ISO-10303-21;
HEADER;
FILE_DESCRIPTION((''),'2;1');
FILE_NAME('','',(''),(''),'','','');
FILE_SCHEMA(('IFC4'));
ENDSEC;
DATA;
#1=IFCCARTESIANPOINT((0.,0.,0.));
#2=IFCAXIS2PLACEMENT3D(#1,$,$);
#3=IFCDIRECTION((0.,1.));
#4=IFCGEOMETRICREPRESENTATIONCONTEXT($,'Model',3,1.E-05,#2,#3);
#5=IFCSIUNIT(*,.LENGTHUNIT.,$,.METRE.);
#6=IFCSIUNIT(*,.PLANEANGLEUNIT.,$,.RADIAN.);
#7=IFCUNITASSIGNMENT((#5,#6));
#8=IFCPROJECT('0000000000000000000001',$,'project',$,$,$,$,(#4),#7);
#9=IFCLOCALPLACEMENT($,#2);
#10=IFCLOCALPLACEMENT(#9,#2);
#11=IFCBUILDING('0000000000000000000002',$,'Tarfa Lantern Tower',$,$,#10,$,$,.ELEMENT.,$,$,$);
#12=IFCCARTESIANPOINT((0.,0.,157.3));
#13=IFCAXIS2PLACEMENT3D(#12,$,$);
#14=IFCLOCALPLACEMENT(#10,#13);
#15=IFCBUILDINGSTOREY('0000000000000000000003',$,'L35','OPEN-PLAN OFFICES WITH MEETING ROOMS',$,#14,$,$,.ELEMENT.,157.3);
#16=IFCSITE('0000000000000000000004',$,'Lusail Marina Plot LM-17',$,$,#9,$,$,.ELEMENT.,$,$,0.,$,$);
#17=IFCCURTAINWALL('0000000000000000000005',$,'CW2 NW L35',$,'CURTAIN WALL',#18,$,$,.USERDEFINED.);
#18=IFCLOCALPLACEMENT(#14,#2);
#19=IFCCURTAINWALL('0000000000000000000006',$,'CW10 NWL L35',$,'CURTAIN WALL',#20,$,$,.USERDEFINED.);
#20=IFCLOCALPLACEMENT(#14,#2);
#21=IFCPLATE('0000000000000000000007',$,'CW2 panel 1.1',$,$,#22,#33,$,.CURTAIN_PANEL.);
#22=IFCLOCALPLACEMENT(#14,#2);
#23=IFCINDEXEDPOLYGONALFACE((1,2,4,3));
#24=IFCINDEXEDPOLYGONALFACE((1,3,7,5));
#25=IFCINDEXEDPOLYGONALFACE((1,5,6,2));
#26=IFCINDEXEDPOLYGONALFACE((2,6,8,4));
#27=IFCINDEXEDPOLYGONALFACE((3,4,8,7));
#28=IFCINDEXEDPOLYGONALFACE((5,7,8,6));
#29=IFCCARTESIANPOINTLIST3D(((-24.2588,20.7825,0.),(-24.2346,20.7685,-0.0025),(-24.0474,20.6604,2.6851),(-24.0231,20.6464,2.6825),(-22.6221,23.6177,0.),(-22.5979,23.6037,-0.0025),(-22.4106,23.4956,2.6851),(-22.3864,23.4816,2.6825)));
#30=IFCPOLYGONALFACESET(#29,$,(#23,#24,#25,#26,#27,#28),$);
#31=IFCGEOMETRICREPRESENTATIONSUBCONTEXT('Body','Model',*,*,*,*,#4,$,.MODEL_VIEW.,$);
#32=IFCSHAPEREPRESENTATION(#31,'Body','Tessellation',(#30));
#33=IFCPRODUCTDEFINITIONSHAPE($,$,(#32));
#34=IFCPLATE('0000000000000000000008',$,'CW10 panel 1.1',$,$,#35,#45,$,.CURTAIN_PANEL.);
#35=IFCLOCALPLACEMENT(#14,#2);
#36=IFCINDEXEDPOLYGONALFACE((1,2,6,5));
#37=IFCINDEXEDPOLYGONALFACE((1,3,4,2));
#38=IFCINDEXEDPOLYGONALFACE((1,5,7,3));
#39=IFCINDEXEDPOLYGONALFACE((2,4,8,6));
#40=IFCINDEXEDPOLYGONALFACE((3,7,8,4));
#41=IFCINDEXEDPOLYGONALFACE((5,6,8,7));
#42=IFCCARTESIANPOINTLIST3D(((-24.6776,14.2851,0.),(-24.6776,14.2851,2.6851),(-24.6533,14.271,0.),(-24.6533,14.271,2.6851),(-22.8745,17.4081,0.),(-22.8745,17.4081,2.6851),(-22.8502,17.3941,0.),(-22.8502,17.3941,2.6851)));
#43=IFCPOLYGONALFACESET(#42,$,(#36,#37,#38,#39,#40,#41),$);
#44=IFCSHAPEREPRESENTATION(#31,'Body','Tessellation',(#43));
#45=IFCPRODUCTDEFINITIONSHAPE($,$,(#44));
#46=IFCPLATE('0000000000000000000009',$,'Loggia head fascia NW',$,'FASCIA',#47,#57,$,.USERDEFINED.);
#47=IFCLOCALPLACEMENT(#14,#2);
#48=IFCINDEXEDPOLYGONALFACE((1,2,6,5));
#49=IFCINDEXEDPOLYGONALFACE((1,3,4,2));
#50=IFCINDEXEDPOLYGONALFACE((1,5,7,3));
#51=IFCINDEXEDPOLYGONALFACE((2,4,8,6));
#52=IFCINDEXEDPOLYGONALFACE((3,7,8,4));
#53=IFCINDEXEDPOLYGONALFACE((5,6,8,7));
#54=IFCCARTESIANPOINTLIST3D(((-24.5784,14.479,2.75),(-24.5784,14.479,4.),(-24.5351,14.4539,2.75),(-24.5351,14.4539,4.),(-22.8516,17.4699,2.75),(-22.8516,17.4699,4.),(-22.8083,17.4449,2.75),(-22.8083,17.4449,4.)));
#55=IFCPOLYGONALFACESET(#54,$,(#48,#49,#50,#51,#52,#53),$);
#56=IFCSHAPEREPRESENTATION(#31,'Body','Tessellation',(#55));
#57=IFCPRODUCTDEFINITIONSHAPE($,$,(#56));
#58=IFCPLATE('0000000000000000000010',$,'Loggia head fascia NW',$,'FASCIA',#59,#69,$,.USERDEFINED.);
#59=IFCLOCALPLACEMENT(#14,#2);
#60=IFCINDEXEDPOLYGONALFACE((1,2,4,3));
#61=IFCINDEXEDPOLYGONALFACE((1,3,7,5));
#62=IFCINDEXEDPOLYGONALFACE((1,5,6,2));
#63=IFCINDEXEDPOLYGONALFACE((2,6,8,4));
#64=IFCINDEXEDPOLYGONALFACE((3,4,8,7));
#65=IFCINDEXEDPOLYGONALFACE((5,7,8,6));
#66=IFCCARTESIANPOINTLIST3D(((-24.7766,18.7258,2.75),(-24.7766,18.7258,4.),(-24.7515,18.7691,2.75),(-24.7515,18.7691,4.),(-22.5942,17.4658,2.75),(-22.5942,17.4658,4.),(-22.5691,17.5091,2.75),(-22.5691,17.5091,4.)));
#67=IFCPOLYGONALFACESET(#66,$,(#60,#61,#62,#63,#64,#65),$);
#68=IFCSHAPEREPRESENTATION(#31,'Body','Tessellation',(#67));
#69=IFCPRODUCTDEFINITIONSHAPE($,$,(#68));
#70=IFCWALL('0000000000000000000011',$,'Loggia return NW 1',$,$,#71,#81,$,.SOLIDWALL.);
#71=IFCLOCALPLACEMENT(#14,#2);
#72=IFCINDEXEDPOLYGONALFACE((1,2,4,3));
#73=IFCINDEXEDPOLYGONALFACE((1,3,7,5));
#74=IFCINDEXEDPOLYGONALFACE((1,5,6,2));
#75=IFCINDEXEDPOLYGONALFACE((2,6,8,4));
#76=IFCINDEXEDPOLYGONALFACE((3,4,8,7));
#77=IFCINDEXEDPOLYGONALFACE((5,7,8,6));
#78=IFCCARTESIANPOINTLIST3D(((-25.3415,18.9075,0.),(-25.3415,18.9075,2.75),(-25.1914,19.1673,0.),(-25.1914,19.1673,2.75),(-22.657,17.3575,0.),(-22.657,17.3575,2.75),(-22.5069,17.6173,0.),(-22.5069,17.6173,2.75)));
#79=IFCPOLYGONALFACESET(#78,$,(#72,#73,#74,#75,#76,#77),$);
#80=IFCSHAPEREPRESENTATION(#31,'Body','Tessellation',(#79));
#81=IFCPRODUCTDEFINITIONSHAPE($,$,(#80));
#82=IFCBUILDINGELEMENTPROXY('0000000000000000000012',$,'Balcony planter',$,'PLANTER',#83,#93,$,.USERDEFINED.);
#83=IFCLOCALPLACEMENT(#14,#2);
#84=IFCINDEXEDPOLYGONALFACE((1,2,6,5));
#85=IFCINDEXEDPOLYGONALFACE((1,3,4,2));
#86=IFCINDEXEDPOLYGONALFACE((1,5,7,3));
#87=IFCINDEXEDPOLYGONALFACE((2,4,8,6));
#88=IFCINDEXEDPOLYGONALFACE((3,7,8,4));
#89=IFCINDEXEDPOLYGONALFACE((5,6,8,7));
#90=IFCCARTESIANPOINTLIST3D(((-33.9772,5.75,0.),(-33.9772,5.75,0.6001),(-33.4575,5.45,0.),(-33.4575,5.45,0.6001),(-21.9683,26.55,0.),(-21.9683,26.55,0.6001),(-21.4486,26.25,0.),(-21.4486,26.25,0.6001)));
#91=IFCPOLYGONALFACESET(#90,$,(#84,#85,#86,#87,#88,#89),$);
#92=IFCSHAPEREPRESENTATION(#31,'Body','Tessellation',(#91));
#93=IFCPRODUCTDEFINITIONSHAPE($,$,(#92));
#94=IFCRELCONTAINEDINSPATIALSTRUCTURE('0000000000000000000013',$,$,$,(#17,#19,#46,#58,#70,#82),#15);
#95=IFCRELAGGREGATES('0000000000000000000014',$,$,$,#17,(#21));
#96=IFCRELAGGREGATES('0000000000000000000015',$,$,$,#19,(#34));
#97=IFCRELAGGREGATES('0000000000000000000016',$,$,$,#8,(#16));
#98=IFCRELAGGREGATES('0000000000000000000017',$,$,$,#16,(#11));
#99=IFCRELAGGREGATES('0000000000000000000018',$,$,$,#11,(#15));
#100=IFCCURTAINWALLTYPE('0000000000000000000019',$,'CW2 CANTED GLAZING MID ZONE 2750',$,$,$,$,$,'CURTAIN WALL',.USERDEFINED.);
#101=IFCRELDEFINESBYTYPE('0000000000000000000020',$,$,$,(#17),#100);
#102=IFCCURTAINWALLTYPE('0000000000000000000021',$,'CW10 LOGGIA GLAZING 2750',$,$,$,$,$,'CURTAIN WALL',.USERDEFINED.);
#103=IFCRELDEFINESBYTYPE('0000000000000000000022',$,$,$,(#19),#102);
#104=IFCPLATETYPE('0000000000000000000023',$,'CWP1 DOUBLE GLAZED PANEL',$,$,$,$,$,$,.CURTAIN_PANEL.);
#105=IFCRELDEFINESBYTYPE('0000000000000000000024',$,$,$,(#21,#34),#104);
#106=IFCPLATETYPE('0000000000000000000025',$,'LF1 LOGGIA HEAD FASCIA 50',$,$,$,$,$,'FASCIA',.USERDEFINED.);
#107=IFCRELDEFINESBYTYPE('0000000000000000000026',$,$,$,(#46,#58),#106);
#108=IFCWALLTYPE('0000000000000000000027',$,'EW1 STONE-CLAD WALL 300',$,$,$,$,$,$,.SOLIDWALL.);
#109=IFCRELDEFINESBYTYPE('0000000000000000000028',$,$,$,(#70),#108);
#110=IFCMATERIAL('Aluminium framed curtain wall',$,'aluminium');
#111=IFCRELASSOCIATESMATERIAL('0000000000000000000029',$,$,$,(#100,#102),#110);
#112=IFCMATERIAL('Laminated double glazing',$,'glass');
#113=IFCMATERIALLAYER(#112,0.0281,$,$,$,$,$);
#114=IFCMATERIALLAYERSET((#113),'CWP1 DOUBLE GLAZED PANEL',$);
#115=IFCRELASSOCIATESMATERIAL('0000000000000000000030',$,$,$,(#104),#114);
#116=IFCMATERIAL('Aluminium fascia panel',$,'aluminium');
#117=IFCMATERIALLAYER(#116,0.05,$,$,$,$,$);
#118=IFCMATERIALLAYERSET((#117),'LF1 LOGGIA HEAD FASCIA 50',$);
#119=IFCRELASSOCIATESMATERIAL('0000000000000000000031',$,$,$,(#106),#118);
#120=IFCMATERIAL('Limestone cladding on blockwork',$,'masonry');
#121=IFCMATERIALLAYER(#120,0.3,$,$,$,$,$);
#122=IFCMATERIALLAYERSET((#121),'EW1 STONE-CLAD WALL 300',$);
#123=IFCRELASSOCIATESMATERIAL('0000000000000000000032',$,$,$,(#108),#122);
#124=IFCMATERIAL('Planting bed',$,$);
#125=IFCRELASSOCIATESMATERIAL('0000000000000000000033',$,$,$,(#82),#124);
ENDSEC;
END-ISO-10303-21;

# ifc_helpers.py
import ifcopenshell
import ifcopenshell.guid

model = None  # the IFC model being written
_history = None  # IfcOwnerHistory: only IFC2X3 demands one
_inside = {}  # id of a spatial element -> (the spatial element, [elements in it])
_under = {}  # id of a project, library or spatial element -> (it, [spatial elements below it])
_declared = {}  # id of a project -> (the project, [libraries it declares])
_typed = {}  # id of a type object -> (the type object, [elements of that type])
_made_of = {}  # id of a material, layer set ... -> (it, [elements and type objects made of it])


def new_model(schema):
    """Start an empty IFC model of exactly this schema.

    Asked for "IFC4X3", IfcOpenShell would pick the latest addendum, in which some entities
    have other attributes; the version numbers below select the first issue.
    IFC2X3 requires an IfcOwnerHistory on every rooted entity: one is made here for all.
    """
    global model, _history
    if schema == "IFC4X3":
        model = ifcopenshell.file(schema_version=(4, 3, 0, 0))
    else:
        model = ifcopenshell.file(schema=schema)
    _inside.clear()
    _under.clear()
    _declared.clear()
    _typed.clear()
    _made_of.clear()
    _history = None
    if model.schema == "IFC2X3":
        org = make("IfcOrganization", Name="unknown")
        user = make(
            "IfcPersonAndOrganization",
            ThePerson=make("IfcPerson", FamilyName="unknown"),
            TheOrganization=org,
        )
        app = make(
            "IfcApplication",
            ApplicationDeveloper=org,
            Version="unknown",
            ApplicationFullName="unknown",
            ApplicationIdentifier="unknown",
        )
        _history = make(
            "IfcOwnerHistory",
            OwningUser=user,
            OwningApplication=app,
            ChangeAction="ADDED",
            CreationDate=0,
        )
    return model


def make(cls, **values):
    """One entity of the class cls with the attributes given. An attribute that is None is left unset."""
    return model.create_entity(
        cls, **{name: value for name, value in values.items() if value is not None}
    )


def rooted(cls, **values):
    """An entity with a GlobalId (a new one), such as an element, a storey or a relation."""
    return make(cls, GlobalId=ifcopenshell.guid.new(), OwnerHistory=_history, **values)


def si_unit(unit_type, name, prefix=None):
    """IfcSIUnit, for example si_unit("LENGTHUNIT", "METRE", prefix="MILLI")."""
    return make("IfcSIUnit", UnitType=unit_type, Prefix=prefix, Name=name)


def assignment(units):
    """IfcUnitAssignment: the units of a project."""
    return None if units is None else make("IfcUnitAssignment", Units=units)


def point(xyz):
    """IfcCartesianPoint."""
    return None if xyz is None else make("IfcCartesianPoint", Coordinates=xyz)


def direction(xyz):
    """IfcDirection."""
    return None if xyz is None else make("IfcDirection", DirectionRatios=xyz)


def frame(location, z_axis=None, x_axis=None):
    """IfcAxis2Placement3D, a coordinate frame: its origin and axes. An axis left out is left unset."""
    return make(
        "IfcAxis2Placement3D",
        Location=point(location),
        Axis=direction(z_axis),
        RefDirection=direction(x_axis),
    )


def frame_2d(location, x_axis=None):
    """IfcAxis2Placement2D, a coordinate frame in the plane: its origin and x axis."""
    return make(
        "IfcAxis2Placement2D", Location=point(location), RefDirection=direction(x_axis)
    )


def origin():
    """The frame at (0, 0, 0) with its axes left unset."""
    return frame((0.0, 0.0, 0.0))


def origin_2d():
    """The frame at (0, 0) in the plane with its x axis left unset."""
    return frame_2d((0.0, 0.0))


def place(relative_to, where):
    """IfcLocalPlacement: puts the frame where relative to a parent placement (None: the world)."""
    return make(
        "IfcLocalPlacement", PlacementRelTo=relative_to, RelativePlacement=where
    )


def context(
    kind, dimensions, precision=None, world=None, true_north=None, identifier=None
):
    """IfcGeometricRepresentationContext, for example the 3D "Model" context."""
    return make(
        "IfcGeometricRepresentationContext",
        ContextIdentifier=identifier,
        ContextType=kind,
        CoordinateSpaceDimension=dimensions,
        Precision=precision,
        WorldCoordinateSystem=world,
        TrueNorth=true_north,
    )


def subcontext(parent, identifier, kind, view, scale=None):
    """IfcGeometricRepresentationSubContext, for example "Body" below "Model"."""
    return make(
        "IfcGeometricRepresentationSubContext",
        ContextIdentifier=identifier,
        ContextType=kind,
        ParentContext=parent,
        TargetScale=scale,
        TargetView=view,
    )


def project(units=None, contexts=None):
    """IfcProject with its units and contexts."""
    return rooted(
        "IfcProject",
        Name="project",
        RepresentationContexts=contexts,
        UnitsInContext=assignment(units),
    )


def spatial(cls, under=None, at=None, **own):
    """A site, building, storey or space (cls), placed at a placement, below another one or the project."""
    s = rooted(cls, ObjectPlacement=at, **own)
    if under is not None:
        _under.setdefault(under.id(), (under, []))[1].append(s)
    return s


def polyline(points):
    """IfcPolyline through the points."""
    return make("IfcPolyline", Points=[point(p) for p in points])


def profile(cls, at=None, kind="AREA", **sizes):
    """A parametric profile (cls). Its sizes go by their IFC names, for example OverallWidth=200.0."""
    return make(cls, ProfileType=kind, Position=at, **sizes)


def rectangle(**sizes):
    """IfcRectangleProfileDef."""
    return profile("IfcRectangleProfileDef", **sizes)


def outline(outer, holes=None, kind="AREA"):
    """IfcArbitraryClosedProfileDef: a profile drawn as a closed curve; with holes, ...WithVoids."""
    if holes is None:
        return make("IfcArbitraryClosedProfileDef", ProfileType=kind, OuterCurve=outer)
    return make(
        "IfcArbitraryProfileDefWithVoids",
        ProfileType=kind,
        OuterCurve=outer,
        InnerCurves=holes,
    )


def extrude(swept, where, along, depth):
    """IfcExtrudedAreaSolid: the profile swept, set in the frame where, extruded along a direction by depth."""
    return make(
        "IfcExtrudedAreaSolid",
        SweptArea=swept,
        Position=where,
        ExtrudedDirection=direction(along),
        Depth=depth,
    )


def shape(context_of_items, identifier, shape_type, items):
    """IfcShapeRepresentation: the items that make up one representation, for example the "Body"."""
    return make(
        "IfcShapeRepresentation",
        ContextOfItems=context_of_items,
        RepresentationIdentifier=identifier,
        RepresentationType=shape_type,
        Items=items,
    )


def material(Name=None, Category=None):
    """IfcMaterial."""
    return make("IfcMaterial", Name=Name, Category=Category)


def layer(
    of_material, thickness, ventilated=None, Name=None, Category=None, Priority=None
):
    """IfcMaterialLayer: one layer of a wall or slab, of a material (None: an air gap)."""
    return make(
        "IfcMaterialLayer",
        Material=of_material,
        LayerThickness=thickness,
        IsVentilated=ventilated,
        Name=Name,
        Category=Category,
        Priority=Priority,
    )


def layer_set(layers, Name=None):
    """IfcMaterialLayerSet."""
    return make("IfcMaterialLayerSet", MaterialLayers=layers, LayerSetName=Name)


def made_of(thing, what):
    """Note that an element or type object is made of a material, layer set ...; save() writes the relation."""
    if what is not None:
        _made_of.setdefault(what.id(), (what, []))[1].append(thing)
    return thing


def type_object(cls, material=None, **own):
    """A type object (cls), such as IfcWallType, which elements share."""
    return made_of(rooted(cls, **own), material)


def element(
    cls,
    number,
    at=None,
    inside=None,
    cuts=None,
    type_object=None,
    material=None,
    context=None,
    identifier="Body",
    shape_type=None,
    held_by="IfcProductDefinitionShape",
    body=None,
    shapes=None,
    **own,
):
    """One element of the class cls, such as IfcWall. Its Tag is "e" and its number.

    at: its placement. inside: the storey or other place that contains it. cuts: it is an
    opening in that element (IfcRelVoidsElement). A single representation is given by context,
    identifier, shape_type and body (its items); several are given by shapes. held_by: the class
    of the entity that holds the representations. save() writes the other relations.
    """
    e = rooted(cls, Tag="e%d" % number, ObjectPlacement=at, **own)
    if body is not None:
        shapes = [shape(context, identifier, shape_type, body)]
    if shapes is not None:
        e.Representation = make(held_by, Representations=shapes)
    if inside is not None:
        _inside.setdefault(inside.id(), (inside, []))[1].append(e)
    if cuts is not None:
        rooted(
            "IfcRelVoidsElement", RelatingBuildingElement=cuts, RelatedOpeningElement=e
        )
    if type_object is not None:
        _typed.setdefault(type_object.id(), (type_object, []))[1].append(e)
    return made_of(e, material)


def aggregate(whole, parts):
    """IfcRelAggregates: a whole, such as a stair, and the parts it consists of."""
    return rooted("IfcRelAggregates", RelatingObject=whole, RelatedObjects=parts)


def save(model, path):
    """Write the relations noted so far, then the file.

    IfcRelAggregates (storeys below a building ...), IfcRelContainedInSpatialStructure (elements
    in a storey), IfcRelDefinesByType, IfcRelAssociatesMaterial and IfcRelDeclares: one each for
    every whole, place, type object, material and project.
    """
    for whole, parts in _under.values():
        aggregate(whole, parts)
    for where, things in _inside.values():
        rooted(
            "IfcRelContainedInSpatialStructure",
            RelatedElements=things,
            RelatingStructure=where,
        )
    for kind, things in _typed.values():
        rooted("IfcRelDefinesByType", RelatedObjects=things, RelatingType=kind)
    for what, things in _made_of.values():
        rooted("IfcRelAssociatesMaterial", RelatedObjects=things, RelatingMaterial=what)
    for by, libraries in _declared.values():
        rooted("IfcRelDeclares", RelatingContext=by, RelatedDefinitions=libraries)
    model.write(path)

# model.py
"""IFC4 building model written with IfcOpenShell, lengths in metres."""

from ifc_helpers import new_model, si_unit, direction, frame, frame_2d, origin, origin_2d, place, context, subcontext, project, spatial, polyline, rectangle, outline, extrude, material, layer, layer_set, type_object, element, aggregate, save


model = new_model("IFC4")

# Units and contexts
model_context = context("Model", 3, precision=1e-05, world=origin(), true_north=direction((0.0, 1.0)))
body_context = subcontext(model_context, "Body", "Model", "MODEL_VIEW")
ifc_project = project(units=[si_unit("LENGTHUNIT", "METRE"), si_unit("PLANEANGLEUNIT", "RADIAN")], contexts=[model_context])

# Site, building, storey
site_placement = place(None, origin())
site = spatial("IfcSite", under=ifc_project, at=site_placement, Name="Lusail Marina Plot LM-17", CompositionType="ELEMENT", RefElevation=0.0)
building_placement = place(site_placement, origin())
building = spatial("IfcBuilding", under=site, at=building_placement, Name="Tarfa Lantern Tower", CompositionType="ELEMENT")
storey_placement = place(building_placement, frame((0.0, 0.0, 157.3)))
storey = spatial("IfcBuildingStorey", under=building, at=storey_placement, Name="L35", Description="OPEN-PLAN OFFICES WITH MEETING ROOMS", CompositionType="ELEMENT", Elevation=157.3)

# Shared definitions
ifc_material_1 = material(Name="Aluminium framed curtain wall", Category="aluminium")
curtain_wall_type_1 = type_object("IfcCurtainWallType", Name="CW2 CANTED GLAZING MID ZONE 2750", ElementType="CURTAIN WALL", PredefinedType="USERDEFINED", material=ifc_material_1)

# Curtain walls
curtain_wall_1_placement = place(storey_placement, origin())
curtain_wall_1 = element("IfcCurtainWall", 1, at=curtain_wall_1_placement, inside=storey, type_object=curtain_wall_type_1, Name="CW2 NW L35", ObjectType="CURTAIN WALL", PredefinedType="USERDEFINED")
curtain_wall_type_2 = type_object("IfcCurtainWallType", Name="CW10 LOGGIA GLAZING 2750", ElementType="CURTAIN WALL", PredefinedType="USERDEFINED", material=ifc_material_1)
curtain_wall_2_placement = place(storey_placement, origin())
curtain_wall_2 = element("IfcCurtainWall", 2, at=curtain_wall_2_placement, inside=storey, type_object=curtain_wall_type_2, Name="CW10 NWL L35", ObjectType="CURTAIN WALL", PredefinedType="USERDEFINED")

# Plates
ifc_material_2 = material(Name="Laminated double glazing", Category="glass")
ifc_layer_1 = layer(ifc_material_2, 0.0281)
ifc_layer_set_1 = layer_set([ifc_layer_1], Name="CWP1 DOUBLE GLAZED PANEL")
plate_type_1 = type_object("IfcPlateType", Name="CWP1 DOUBLE GLAZED PANEL", PredefinedType="CURTAIN_PANEL", material=ifc_layer_set_1)
plate_1_placement = place(storey_placement, frame((-22.6221, 23.6177, 0.0), z_axis=(-0.862492, 0.497903, 0.09055), x_axis=(-0.499957, -0.86605, 0.0)))
plate_1 = element("IfcPlate", 3, at=plate_1_placement, type_object=plate_type_1, Name="CW2 panel 1.1", PredefinedType="CURTAIN_PANEL", context=body_context, shape_type="SweptSolid", body=[
    extrude(outline(polyline([(0.0, 0.0), (3.2737, 0.0), (3.2737, 2.6961), (0.0, 2.6961), (0.0, 0.0)])), origin(), (0.0, 0.0, -1.0), 0.0281),
])
aggregate(curtain_wall_1, [plate_1])
plate_2_placement = place(storey_placement, frame((-23.7639, 15.8396, 0.0), z_axis=(0.0, 0.0, 1.0), x_axis=(-0.5, -0.866025, 0.0)))
plate_2 = element("IfcPlate", 4, at=plate_2_placement, type_object=plate_type_1, Name="CW10 panel 1.1", PredefinedType="CURTAIN_PANEL", context=body_context, shape_type="SweptSolid", body=[
    extrude(rectangle(XDim=3.6062, YDim=0.0281, at=origin_2d()), origin(), (0.0, 0.0, 1.0), 2.6851),
])
aggregate(curtain_wall_2, [plate_2])

# Plates
ifc_material_3 = material(Name="Aluminium fascia panel", Category="aluminium")
ifc_layer_2 = layer(ifc_material_3, 0.05)
ifc_layer_set_2 = layer_set([ifc_layer_2], Name="LF1 LOGGIA HEAD FASCIA 50")
plate_type_2 = type_object("IfcPlateType", Name="LF1 LOGGIA HEAD FASCIA 50", ElementType="FASCIA", PredefinedType="USERDEFINED", material=ifc_layer_set_2)
plate_3_placement = place(storey_placement, frame((-23.6934, 15.9619, 2.75), z_axis=(0.0, 0.0, 1.0), x_axis=(-0.5, -0.866025, 0.0)))
element("IfcPlate", 5, at=plate_3_placement, inside=storey, type_object=plate_type_2, Name="Loggia head fascia NW", ObjectType="FASCIA", PredefinedType="USERDEFINED", context=body_context, shape_type="SweptSolid", body=[
    extrude(rectangle(XDim=3.4536, YDim=0.05, at=origin_2d()), origin(), (0.0, 0.0, 1.0), 1.25),
])
plate_4_placement = place(storey_placement, frame((-23.6729, 18.1174, 2.75), z_axis=(0.0, 0.0, 1.0), x_axis=(0.866025, -0.5, 0.0)))
element("IfcPlate", 6, at=plate_4_placement, inside=storey, type_object=plate_type_2, Name="Loggia head fascia NW", ObjectType="FASCIA", PredefinedType="USERDEFINED", context=body_context, shape_type="SweptSolid", body=[
    extrude(rectangle(XDim=2.52, YDim=0.05, at=origin_2d()), origin(), (0.0, 0.0, 1.0), 1.25),
])

# Wall
ifc_material_4 = material(Name="Limestone cladding on blockwork", Category="masonry")
ifc_layer_3 = layer(ifc_material_4, 0.3)
ifc_layer_set_3 = layer_set([ifc_layer_3], Name="EW1 STONE-CLAD WALL 300")
wall_type = type_object("IfcWallType", Name="EW1 STONE-CLAD WALL 300", PredefinedType="SOLIDWALL", material=ifc_layer_set_3)
wall_placement = place(storey_placement, frame((-25.2664, 19.0374, 0.0), z_axis=(0.0, 0.0, 1.0), x_axis=(0.86601, -0.500027, 0.0)))
element("IfcWall", 7, at=wall_placement, inside=storey, type_object=wall_type, Name="Loggia return NW 1", PredefinedType="SOLIDWALL", context=body_context, shape_type="SweptSolid", body=[
    extrude(rectangle(XDim=3.0999, YDim=0.3, at=frame_2d((1.5498, 0.0))), origin(), (0.0, 0.0, 1.0), 2.75),
])

# Building element proxy
ifc_material_5 = material(Name="Planting bed")
proxy_placement = place(storey_placement, frame((-27.7129, 16.0, 0.0), z_axis=(0.0, 0.0, 1.0), x_axis=(-0.5, -0.866025, 0.0)))
element("IfcBuildingElementProxy", 8, at=proxy_placement, inside=storey, material=ifc_material_5, Name="Balcony planter", ObjectType="PLANTER", PredefinedType="USERDEFINED", context=body_context, shape_type="SweptSolid", body=[
    extrude(rectangle(XDim=24.0178, YDim=0.6001, at=origin_2d()), origin(), (0.0, 0.0, 1.0), 0.6001),
])

save(model, "model.ifc")
